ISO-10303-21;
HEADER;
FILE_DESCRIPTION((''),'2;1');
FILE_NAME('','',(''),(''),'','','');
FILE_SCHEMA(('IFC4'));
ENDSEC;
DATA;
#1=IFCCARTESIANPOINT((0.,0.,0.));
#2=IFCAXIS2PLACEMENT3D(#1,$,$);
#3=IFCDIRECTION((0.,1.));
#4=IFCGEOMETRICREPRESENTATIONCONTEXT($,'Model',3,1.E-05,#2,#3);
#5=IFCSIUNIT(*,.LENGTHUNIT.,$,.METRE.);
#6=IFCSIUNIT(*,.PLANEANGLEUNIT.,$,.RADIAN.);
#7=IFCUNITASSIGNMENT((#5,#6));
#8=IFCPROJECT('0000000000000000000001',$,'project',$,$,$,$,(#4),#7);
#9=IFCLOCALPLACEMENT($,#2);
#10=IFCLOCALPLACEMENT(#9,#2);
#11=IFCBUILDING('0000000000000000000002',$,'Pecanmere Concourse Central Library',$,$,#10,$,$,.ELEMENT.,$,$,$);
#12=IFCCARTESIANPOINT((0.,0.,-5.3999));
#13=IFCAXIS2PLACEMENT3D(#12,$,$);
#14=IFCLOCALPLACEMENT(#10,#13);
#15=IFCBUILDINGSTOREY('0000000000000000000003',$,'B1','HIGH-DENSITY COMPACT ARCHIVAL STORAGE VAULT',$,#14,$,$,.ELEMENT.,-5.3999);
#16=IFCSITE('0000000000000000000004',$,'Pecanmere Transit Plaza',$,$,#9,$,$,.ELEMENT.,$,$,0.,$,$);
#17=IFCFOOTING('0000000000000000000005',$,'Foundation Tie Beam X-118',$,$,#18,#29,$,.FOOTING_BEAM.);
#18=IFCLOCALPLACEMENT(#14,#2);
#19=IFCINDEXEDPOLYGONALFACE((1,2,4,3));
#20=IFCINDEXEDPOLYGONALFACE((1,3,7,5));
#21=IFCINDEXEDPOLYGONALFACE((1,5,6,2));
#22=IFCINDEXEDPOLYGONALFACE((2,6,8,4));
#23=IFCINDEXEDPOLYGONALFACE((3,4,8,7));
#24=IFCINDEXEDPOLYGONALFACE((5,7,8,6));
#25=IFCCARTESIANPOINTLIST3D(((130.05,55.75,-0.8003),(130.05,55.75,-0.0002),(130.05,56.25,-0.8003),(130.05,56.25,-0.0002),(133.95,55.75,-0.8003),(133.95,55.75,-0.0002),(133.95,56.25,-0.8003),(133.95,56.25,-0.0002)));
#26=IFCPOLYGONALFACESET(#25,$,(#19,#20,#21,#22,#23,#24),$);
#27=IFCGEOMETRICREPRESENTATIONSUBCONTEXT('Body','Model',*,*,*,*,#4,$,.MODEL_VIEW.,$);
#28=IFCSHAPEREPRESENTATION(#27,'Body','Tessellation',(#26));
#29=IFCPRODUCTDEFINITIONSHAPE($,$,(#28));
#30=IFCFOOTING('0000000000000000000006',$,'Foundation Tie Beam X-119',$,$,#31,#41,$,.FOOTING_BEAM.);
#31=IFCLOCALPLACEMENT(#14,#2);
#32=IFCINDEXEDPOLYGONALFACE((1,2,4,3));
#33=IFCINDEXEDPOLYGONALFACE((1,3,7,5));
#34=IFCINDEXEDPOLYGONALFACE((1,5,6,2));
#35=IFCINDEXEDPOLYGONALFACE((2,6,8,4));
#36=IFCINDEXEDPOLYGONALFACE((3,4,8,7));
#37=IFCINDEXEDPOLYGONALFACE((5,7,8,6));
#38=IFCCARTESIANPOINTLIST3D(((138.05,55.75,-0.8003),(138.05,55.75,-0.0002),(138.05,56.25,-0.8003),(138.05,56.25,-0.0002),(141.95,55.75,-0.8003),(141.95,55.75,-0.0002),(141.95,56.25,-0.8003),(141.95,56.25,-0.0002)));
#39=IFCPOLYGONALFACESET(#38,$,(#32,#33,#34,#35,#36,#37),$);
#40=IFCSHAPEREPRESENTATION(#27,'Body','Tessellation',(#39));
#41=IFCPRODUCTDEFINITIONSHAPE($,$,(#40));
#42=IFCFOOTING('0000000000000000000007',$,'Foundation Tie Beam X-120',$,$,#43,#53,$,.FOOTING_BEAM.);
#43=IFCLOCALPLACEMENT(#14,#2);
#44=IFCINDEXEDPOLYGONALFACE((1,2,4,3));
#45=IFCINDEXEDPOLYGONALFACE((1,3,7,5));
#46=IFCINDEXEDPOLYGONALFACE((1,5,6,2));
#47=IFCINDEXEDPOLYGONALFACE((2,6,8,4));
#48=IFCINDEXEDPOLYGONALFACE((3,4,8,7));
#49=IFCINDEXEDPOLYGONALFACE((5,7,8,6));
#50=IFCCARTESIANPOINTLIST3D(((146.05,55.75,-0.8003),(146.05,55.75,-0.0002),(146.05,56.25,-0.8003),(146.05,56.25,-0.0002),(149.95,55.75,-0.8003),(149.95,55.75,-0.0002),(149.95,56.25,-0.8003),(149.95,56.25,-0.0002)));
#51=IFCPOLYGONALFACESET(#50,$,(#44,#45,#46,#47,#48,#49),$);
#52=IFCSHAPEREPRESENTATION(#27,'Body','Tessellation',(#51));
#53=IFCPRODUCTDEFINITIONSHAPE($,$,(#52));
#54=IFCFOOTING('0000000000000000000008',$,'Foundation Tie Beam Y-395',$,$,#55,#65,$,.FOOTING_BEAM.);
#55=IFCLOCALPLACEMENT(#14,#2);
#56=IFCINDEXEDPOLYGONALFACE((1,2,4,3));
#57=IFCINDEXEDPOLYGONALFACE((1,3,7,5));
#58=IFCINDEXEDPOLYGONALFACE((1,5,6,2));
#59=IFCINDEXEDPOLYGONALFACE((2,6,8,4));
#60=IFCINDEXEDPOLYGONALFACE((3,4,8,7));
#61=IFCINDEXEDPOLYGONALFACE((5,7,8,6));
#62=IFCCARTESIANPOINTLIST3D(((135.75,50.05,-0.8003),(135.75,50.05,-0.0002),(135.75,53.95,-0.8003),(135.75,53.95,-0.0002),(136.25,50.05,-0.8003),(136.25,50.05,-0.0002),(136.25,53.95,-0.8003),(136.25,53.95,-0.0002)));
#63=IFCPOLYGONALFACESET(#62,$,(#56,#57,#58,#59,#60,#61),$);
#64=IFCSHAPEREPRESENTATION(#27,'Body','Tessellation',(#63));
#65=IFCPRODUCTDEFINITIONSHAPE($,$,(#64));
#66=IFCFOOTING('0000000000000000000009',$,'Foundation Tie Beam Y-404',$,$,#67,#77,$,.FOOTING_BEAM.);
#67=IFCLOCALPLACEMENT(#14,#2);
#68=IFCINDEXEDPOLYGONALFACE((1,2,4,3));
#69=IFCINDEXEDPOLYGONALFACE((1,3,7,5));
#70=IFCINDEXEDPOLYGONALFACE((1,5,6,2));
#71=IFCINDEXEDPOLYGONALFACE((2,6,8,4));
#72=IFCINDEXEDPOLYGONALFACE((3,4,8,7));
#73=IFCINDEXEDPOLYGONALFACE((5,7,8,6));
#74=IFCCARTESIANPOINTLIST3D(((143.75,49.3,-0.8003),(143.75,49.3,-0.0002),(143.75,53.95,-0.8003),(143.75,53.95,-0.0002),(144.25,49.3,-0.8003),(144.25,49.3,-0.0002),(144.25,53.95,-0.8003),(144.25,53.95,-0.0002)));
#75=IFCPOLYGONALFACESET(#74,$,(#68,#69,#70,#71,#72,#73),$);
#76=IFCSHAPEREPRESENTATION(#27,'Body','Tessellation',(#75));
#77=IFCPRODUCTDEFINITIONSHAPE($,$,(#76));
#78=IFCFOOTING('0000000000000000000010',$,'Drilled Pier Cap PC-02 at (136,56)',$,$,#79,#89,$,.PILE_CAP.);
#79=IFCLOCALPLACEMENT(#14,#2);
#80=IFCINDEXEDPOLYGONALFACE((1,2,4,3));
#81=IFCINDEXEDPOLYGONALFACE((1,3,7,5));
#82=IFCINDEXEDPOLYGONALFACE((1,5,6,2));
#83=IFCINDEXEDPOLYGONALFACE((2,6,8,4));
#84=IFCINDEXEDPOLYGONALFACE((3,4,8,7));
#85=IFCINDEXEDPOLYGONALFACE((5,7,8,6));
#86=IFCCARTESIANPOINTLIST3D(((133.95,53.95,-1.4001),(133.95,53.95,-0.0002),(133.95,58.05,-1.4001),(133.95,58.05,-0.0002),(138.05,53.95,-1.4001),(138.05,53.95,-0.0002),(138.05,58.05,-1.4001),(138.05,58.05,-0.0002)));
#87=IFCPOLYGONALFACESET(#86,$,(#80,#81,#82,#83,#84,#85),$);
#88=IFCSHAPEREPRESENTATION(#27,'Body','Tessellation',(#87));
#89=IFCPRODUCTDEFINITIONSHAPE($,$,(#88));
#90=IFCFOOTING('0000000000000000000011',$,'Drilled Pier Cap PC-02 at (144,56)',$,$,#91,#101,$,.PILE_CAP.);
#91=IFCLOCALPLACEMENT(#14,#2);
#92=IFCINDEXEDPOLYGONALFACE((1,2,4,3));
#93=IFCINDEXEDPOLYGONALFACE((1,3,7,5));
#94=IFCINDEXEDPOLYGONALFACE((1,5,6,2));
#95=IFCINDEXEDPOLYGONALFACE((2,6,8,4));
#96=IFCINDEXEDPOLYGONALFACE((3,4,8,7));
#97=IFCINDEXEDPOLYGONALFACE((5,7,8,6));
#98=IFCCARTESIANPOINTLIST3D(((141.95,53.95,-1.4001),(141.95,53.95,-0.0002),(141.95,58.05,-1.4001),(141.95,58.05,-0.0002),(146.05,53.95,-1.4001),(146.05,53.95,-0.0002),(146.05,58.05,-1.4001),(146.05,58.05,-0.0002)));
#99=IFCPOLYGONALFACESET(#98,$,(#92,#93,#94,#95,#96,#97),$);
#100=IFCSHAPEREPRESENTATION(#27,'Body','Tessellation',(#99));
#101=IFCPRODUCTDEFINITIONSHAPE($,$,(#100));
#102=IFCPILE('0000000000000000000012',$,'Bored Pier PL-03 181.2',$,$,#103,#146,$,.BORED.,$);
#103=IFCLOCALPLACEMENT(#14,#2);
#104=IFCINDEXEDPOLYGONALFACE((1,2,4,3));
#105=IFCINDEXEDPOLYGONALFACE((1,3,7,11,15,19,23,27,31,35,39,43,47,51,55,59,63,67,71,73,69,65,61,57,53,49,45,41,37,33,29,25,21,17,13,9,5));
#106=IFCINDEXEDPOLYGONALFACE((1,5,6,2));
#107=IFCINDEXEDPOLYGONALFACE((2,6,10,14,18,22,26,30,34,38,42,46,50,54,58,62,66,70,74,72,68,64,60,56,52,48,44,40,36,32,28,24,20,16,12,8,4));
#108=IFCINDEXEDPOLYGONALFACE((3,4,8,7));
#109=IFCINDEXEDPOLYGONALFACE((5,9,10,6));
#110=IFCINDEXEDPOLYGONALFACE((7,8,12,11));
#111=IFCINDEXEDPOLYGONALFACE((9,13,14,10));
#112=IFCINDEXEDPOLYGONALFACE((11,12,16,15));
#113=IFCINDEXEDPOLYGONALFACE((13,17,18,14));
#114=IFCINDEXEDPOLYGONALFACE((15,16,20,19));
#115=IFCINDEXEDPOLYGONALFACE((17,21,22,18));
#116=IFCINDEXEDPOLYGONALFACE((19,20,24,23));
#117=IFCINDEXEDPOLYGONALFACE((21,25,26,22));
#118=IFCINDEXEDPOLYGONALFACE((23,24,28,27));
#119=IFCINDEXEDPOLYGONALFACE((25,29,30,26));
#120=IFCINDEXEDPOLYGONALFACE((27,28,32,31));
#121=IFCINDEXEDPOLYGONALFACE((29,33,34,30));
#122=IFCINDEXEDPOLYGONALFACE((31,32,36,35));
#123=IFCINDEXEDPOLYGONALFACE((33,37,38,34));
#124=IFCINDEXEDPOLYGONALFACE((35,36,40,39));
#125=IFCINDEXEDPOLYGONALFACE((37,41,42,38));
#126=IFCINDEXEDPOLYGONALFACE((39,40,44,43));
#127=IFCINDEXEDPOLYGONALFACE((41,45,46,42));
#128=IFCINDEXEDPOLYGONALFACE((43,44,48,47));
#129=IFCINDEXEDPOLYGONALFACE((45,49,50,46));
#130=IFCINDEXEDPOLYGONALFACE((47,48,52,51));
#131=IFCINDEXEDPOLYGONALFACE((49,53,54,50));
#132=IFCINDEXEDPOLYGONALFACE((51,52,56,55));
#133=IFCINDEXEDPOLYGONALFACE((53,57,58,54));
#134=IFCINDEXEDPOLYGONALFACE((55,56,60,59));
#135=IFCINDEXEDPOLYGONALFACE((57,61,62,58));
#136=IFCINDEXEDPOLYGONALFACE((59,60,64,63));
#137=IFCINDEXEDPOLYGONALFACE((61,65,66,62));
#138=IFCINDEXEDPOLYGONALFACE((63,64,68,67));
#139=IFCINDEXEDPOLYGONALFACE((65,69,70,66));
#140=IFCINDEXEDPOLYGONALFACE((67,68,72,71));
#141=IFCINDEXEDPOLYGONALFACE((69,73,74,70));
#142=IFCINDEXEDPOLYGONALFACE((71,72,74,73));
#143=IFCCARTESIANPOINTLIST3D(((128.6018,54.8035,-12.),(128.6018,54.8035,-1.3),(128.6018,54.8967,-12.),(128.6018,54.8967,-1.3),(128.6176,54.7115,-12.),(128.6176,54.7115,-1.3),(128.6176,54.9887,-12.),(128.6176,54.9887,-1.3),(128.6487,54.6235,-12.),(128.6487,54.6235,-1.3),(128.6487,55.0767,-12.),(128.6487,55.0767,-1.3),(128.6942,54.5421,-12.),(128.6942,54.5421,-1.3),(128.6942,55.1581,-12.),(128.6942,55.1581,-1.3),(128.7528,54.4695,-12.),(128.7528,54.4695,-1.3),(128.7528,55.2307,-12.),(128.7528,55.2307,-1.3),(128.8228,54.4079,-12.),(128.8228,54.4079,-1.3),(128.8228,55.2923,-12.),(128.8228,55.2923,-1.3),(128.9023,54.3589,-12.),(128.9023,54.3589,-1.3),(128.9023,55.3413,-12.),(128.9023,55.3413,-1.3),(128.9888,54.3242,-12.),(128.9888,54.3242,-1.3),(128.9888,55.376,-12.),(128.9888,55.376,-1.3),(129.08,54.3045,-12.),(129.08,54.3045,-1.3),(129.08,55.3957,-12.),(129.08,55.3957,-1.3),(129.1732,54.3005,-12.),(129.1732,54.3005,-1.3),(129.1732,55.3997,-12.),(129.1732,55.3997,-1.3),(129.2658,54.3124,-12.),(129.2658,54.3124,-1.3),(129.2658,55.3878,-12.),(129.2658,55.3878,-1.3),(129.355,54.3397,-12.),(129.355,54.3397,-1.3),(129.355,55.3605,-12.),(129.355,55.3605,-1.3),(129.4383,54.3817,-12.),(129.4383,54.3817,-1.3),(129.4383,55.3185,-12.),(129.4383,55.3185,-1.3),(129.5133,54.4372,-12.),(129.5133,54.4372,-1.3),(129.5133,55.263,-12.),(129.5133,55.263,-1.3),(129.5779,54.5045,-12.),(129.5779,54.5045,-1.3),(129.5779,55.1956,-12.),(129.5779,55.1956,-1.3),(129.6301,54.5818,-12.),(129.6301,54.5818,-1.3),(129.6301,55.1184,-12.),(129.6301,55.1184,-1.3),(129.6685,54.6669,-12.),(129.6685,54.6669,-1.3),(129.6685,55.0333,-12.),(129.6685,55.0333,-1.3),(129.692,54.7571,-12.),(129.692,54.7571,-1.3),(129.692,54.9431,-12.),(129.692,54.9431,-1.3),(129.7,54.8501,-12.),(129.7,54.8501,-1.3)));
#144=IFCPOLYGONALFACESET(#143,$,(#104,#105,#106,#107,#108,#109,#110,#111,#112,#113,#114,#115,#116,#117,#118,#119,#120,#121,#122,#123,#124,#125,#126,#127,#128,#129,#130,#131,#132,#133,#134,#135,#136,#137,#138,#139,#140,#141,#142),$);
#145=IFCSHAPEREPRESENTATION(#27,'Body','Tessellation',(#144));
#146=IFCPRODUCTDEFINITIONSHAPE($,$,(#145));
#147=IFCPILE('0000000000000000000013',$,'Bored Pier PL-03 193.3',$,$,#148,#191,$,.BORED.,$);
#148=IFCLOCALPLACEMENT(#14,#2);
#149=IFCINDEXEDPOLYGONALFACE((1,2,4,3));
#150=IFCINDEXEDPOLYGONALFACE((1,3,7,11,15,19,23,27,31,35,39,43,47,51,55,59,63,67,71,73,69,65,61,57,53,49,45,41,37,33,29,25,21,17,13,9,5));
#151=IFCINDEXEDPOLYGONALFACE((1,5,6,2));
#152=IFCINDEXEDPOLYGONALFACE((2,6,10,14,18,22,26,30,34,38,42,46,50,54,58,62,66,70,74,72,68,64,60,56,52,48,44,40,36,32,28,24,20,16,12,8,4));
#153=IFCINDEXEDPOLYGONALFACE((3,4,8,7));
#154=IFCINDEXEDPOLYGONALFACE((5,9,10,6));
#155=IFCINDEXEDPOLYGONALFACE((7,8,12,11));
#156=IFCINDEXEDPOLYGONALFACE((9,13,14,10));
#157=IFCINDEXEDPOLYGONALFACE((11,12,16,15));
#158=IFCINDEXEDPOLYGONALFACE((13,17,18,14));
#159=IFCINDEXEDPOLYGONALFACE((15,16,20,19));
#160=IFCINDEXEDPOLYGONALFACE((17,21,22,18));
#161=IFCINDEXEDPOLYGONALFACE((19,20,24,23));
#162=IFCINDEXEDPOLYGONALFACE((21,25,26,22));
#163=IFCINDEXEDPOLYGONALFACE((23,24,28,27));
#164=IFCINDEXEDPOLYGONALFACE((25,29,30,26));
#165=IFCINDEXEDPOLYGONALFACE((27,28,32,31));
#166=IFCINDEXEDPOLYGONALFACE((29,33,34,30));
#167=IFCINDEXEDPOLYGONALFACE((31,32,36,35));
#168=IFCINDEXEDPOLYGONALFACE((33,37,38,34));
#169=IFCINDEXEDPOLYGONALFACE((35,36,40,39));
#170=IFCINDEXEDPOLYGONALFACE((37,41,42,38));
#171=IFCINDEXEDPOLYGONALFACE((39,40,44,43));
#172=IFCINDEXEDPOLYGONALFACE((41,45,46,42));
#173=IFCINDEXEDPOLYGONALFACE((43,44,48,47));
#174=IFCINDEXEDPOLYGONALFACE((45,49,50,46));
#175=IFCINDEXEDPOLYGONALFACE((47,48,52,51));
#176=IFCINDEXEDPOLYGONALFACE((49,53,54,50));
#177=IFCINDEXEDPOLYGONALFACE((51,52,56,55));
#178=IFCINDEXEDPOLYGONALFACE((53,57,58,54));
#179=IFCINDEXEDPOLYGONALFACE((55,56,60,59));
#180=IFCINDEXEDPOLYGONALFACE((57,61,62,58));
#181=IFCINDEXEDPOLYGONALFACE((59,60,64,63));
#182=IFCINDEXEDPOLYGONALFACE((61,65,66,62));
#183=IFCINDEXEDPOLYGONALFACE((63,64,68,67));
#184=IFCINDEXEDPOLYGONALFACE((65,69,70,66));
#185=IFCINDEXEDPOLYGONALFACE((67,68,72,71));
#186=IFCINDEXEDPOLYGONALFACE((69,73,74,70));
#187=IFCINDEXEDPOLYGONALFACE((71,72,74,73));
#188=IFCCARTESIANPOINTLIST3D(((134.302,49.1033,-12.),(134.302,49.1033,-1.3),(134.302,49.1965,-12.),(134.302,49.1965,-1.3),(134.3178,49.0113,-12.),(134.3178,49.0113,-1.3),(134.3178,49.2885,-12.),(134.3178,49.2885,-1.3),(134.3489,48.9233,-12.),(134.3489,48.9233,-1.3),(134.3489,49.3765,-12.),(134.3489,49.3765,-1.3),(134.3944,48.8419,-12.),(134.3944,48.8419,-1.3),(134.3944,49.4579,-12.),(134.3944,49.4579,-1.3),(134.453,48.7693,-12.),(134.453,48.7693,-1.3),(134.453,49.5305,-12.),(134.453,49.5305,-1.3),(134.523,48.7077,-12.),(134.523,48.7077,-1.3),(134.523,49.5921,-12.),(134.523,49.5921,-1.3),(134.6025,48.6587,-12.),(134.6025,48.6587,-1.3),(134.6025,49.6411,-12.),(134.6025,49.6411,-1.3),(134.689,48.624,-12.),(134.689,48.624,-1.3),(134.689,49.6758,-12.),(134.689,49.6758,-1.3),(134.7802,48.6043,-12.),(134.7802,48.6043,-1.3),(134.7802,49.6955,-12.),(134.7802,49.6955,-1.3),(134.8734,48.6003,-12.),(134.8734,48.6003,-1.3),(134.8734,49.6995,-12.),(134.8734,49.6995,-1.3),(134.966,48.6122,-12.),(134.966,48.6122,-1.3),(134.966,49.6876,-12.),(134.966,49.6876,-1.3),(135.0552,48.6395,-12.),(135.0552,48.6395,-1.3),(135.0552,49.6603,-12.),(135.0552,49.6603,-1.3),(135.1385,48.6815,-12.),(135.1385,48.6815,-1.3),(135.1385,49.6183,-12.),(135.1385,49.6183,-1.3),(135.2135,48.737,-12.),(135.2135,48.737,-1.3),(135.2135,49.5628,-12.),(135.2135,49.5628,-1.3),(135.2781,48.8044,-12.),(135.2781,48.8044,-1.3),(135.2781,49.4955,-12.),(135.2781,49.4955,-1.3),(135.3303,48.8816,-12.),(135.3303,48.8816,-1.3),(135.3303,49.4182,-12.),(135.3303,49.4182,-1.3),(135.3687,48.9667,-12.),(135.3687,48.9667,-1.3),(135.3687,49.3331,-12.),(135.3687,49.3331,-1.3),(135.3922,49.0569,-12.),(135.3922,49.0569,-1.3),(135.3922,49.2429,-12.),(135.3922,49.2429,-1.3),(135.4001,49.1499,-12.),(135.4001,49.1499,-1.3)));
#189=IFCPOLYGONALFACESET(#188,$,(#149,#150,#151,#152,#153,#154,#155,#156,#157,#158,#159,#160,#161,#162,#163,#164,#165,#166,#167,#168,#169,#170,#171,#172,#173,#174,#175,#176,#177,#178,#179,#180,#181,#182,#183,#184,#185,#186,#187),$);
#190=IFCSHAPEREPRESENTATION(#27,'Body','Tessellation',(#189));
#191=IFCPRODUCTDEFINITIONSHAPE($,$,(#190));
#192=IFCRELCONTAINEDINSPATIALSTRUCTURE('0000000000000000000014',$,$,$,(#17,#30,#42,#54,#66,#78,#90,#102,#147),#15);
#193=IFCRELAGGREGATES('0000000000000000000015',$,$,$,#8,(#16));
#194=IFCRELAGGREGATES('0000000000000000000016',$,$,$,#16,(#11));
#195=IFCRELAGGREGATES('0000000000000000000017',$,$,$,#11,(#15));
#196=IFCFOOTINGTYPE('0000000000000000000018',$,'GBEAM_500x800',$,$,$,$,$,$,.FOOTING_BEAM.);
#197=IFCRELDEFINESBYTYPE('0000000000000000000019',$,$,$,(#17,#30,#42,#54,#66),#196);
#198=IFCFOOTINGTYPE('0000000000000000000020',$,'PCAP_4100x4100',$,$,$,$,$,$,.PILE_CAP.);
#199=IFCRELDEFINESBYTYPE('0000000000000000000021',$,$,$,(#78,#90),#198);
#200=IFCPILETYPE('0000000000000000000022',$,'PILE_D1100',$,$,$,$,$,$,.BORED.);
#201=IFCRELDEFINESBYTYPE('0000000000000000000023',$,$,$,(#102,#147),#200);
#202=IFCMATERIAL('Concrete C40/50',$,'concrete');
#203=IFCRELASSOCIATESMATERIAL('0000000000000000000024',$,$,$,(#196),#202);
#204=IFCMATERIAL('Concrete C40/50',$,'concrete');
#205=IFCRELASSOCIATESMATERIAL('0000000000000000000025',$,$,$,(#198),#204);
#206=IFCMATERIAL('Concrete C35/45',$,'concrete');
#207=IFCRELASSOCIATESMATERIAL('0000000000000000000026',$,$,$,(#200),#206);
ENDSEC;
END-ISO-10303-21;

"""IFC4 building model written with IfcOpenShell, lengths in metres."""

from ifc_helpers import new_model, si_unit, direction, frame, origin, origin_2d, place, context, subcontext, project, spatial, rectangle, circle, extrude, material, material_profile, profile_set, type_object, element, save


model = new_model("IFC4")

# Units and contexts
model_context = context("Model", 3, precision=1e-05, world=origin(), true_north=direction((0.0, 1.0)))
body_context = subcontext(model_context, "Body", "Model", "MODEL_VIEW")
ifc_project = project(units=[si_unit("LENGTHUNIT", "METRE"), si_unit("PLANEANGLEUNIT", "RADIAN")], contexts=[model_context])

# Site, building, storey
site_placement = place(None, origin())
site = spatial("IfcSite", under=ifc_project, at=site_placement, Name="Pecanmere Transit Plaza", CompositionType="ELEMENT", RefElevation=0.0)
building_placement = place(site_placement, origin())
building = spatial("IfcBuilding", under=site, at=building_placement, Name="Pecanmere Concourse Central Library", CompositionType="ELEMENT")
storey_placement = place(building_placement, frame((0.0, 0.0, -5.3999)))
storey = spatial("IfcBuildingStorey", under=building, at=storey_placement, Name="B1", Description="HIGH-DENSITY COMPACT ARCHIVAL STORAGE VAULT", CompositionType="ELEMENT", Elevation=-5.3999)

# Footings
ifc_material_1 = material(Name="Concrete C40/50", Category="concrete")
ifc_material_profile_1 = material_profile(ifc_material_1, rectangle(XDim=0.5, YDim=0.8, at=origin_2d()), Name="RC 500x800")
ifc_profile_set_1 = profile_set([ifc_material_profile_1], Name="Concrete C40/50")
footing_type_1 = type_object("IfcFootingType", Name="GBEAM_500x800", PredefinedType="FOOTING_BEAM", material=ifc_profile_set_1)
for number, where, z_axis, x_axis, name in (
    (1, (132.0, 56.0, -0.8003), (0.0, 0.0, 1.0), (1.0, 0.0, 0.0), "Foundation Tie Beam X-118"),
    (2, (140.0, 56.0, -0.8003), (0.0, 0.0, 1.0), (1.0, 0.0, 0.0), "Foundation Tie Beam X-119"),
    (3, (148.0, 56.0, -0.8003), (0.0, 0.0, 1.0), (1.0, 0.0, 0.0), "Foundation Tie Beam X-120"),
    (4, (136.0, 52.0, -0.8003), (0.0, 0.0, 1.0), (0.0, 1.0, 0.0), "Foundation Tie Beam Y-395"),
):
    element("IfcFooting", number, at=place(storey_placement, frame(where, z_axis=z_axis, x_axis=x_axis)), inside=storey, type_object=footing_type_1, Name=name, PredefinedType="FOOTING_BEAM", context=body_context, shape_type="SweptSolid", body=[
        extrude(rectangle(XDim=3.8999, YDim=0.5, at=origin_2d()), origin(), (0.0, 0.0, 1.0), 0.8),
    ])
footing_placement = place(storey_placement, frame((144.0, 51.625, -0.8003), z_axis=(0.0, 0.0, 1.0), x_axis=(0.0, 1.0, 0.0)))
element("IfcFooting", 5, at=footing_placement, inside=storey, type_object=footing_type_1, Name="Foundation Tie Beam Y-404", PredefinedType="FOOTING_BEAM", context=body_context, shape_type="SweptSolid", body=[
    extrude(rectangle(XDim=4.6499, YDim=0.5, at=origin_2d()), origin(), (0.0, 0.0, 1.0), 0.8),
])
ifc_material_2 = material(Name="Concrete C40/50", Category="concrete")
footing_type_2 = type_object("IfcFootingType", Name="PCAP_4100x4100", PredefinedType="PILE_CAP", material=ifc_material_2)
for number, where, z_axis, x_axis, name in (
    (6, (136.0, 56.0, -1.4001), (0.0, 0.0, 1.0), (1.0, 0.0, 0.0), "Drilled Pier Cap PC-02 at (136,56)"),
    (7, (144.0, 56.0, -1.4001), (0.0, 0.0, 1.0), (1.0, 0.0, 0.0), "Drilled Pier Cap PC-02 at (144,56)"),
):
    element("IfcFooting", number, at=place(storey_placement, frame(where, z_axis=z_axis, x_axis=x_axis)), inside=storey, type_object=footing_type_2, Name=name, PredefinedType="PILE_CAP", context=body_context, shape_type="SweptSolid", body=[
        extrude(rectangle(XDim=4.1001, YDim=4.1001, at=origin_2d()), origin(), (0.0, 0.0, 1.0), 1.3999),
    ])

# Piles
ifc_material_3 = material(Name="Concrete C35/45", Category="concrete")
ifc_material_profile_2 = material_profile(ifc_material_3, circle(Radius=0.55, at=origin_2d()), Name="PIER D1100")
ifc_profile_set_2 = profile_set([ifc_material_profile_2], Name="Concrete C35/45")
pile_type = type_object("IfcPileType", Name="PILE_D1100", PredefinedType="BORED", material=ifc_profile_set_2)
for number, where, z_axis, x_axis, name in (
    (8, (129.1499, 54.8501, -1.3), (0.0, 0.0, -1.0), (1.0, 0.0, 0.0), "Bored Pier PL-03 181.2"),
    (9, (134.8501, 49.1499, -1.3), (0.0, 0.0, -1.0), (1.0, 0.0, 0.0), "Bored Pier PL-03 193.3"),
):
    element("IfcPile", number, at=place(storey_placement, frame(where, z_axis=z_axis, x_axis=x_axis)), inside=storey, type_object=pile_type, Name=name, PredefinedType="BORED", context=body_context, shape_type="SweptSolid", body=[
        extrude(circle(Radius=0.55, at=origin_2d()), origin(), (0.0, 0.0, 1.0), 10.7),
    ])

save(model, "model.ifc")
